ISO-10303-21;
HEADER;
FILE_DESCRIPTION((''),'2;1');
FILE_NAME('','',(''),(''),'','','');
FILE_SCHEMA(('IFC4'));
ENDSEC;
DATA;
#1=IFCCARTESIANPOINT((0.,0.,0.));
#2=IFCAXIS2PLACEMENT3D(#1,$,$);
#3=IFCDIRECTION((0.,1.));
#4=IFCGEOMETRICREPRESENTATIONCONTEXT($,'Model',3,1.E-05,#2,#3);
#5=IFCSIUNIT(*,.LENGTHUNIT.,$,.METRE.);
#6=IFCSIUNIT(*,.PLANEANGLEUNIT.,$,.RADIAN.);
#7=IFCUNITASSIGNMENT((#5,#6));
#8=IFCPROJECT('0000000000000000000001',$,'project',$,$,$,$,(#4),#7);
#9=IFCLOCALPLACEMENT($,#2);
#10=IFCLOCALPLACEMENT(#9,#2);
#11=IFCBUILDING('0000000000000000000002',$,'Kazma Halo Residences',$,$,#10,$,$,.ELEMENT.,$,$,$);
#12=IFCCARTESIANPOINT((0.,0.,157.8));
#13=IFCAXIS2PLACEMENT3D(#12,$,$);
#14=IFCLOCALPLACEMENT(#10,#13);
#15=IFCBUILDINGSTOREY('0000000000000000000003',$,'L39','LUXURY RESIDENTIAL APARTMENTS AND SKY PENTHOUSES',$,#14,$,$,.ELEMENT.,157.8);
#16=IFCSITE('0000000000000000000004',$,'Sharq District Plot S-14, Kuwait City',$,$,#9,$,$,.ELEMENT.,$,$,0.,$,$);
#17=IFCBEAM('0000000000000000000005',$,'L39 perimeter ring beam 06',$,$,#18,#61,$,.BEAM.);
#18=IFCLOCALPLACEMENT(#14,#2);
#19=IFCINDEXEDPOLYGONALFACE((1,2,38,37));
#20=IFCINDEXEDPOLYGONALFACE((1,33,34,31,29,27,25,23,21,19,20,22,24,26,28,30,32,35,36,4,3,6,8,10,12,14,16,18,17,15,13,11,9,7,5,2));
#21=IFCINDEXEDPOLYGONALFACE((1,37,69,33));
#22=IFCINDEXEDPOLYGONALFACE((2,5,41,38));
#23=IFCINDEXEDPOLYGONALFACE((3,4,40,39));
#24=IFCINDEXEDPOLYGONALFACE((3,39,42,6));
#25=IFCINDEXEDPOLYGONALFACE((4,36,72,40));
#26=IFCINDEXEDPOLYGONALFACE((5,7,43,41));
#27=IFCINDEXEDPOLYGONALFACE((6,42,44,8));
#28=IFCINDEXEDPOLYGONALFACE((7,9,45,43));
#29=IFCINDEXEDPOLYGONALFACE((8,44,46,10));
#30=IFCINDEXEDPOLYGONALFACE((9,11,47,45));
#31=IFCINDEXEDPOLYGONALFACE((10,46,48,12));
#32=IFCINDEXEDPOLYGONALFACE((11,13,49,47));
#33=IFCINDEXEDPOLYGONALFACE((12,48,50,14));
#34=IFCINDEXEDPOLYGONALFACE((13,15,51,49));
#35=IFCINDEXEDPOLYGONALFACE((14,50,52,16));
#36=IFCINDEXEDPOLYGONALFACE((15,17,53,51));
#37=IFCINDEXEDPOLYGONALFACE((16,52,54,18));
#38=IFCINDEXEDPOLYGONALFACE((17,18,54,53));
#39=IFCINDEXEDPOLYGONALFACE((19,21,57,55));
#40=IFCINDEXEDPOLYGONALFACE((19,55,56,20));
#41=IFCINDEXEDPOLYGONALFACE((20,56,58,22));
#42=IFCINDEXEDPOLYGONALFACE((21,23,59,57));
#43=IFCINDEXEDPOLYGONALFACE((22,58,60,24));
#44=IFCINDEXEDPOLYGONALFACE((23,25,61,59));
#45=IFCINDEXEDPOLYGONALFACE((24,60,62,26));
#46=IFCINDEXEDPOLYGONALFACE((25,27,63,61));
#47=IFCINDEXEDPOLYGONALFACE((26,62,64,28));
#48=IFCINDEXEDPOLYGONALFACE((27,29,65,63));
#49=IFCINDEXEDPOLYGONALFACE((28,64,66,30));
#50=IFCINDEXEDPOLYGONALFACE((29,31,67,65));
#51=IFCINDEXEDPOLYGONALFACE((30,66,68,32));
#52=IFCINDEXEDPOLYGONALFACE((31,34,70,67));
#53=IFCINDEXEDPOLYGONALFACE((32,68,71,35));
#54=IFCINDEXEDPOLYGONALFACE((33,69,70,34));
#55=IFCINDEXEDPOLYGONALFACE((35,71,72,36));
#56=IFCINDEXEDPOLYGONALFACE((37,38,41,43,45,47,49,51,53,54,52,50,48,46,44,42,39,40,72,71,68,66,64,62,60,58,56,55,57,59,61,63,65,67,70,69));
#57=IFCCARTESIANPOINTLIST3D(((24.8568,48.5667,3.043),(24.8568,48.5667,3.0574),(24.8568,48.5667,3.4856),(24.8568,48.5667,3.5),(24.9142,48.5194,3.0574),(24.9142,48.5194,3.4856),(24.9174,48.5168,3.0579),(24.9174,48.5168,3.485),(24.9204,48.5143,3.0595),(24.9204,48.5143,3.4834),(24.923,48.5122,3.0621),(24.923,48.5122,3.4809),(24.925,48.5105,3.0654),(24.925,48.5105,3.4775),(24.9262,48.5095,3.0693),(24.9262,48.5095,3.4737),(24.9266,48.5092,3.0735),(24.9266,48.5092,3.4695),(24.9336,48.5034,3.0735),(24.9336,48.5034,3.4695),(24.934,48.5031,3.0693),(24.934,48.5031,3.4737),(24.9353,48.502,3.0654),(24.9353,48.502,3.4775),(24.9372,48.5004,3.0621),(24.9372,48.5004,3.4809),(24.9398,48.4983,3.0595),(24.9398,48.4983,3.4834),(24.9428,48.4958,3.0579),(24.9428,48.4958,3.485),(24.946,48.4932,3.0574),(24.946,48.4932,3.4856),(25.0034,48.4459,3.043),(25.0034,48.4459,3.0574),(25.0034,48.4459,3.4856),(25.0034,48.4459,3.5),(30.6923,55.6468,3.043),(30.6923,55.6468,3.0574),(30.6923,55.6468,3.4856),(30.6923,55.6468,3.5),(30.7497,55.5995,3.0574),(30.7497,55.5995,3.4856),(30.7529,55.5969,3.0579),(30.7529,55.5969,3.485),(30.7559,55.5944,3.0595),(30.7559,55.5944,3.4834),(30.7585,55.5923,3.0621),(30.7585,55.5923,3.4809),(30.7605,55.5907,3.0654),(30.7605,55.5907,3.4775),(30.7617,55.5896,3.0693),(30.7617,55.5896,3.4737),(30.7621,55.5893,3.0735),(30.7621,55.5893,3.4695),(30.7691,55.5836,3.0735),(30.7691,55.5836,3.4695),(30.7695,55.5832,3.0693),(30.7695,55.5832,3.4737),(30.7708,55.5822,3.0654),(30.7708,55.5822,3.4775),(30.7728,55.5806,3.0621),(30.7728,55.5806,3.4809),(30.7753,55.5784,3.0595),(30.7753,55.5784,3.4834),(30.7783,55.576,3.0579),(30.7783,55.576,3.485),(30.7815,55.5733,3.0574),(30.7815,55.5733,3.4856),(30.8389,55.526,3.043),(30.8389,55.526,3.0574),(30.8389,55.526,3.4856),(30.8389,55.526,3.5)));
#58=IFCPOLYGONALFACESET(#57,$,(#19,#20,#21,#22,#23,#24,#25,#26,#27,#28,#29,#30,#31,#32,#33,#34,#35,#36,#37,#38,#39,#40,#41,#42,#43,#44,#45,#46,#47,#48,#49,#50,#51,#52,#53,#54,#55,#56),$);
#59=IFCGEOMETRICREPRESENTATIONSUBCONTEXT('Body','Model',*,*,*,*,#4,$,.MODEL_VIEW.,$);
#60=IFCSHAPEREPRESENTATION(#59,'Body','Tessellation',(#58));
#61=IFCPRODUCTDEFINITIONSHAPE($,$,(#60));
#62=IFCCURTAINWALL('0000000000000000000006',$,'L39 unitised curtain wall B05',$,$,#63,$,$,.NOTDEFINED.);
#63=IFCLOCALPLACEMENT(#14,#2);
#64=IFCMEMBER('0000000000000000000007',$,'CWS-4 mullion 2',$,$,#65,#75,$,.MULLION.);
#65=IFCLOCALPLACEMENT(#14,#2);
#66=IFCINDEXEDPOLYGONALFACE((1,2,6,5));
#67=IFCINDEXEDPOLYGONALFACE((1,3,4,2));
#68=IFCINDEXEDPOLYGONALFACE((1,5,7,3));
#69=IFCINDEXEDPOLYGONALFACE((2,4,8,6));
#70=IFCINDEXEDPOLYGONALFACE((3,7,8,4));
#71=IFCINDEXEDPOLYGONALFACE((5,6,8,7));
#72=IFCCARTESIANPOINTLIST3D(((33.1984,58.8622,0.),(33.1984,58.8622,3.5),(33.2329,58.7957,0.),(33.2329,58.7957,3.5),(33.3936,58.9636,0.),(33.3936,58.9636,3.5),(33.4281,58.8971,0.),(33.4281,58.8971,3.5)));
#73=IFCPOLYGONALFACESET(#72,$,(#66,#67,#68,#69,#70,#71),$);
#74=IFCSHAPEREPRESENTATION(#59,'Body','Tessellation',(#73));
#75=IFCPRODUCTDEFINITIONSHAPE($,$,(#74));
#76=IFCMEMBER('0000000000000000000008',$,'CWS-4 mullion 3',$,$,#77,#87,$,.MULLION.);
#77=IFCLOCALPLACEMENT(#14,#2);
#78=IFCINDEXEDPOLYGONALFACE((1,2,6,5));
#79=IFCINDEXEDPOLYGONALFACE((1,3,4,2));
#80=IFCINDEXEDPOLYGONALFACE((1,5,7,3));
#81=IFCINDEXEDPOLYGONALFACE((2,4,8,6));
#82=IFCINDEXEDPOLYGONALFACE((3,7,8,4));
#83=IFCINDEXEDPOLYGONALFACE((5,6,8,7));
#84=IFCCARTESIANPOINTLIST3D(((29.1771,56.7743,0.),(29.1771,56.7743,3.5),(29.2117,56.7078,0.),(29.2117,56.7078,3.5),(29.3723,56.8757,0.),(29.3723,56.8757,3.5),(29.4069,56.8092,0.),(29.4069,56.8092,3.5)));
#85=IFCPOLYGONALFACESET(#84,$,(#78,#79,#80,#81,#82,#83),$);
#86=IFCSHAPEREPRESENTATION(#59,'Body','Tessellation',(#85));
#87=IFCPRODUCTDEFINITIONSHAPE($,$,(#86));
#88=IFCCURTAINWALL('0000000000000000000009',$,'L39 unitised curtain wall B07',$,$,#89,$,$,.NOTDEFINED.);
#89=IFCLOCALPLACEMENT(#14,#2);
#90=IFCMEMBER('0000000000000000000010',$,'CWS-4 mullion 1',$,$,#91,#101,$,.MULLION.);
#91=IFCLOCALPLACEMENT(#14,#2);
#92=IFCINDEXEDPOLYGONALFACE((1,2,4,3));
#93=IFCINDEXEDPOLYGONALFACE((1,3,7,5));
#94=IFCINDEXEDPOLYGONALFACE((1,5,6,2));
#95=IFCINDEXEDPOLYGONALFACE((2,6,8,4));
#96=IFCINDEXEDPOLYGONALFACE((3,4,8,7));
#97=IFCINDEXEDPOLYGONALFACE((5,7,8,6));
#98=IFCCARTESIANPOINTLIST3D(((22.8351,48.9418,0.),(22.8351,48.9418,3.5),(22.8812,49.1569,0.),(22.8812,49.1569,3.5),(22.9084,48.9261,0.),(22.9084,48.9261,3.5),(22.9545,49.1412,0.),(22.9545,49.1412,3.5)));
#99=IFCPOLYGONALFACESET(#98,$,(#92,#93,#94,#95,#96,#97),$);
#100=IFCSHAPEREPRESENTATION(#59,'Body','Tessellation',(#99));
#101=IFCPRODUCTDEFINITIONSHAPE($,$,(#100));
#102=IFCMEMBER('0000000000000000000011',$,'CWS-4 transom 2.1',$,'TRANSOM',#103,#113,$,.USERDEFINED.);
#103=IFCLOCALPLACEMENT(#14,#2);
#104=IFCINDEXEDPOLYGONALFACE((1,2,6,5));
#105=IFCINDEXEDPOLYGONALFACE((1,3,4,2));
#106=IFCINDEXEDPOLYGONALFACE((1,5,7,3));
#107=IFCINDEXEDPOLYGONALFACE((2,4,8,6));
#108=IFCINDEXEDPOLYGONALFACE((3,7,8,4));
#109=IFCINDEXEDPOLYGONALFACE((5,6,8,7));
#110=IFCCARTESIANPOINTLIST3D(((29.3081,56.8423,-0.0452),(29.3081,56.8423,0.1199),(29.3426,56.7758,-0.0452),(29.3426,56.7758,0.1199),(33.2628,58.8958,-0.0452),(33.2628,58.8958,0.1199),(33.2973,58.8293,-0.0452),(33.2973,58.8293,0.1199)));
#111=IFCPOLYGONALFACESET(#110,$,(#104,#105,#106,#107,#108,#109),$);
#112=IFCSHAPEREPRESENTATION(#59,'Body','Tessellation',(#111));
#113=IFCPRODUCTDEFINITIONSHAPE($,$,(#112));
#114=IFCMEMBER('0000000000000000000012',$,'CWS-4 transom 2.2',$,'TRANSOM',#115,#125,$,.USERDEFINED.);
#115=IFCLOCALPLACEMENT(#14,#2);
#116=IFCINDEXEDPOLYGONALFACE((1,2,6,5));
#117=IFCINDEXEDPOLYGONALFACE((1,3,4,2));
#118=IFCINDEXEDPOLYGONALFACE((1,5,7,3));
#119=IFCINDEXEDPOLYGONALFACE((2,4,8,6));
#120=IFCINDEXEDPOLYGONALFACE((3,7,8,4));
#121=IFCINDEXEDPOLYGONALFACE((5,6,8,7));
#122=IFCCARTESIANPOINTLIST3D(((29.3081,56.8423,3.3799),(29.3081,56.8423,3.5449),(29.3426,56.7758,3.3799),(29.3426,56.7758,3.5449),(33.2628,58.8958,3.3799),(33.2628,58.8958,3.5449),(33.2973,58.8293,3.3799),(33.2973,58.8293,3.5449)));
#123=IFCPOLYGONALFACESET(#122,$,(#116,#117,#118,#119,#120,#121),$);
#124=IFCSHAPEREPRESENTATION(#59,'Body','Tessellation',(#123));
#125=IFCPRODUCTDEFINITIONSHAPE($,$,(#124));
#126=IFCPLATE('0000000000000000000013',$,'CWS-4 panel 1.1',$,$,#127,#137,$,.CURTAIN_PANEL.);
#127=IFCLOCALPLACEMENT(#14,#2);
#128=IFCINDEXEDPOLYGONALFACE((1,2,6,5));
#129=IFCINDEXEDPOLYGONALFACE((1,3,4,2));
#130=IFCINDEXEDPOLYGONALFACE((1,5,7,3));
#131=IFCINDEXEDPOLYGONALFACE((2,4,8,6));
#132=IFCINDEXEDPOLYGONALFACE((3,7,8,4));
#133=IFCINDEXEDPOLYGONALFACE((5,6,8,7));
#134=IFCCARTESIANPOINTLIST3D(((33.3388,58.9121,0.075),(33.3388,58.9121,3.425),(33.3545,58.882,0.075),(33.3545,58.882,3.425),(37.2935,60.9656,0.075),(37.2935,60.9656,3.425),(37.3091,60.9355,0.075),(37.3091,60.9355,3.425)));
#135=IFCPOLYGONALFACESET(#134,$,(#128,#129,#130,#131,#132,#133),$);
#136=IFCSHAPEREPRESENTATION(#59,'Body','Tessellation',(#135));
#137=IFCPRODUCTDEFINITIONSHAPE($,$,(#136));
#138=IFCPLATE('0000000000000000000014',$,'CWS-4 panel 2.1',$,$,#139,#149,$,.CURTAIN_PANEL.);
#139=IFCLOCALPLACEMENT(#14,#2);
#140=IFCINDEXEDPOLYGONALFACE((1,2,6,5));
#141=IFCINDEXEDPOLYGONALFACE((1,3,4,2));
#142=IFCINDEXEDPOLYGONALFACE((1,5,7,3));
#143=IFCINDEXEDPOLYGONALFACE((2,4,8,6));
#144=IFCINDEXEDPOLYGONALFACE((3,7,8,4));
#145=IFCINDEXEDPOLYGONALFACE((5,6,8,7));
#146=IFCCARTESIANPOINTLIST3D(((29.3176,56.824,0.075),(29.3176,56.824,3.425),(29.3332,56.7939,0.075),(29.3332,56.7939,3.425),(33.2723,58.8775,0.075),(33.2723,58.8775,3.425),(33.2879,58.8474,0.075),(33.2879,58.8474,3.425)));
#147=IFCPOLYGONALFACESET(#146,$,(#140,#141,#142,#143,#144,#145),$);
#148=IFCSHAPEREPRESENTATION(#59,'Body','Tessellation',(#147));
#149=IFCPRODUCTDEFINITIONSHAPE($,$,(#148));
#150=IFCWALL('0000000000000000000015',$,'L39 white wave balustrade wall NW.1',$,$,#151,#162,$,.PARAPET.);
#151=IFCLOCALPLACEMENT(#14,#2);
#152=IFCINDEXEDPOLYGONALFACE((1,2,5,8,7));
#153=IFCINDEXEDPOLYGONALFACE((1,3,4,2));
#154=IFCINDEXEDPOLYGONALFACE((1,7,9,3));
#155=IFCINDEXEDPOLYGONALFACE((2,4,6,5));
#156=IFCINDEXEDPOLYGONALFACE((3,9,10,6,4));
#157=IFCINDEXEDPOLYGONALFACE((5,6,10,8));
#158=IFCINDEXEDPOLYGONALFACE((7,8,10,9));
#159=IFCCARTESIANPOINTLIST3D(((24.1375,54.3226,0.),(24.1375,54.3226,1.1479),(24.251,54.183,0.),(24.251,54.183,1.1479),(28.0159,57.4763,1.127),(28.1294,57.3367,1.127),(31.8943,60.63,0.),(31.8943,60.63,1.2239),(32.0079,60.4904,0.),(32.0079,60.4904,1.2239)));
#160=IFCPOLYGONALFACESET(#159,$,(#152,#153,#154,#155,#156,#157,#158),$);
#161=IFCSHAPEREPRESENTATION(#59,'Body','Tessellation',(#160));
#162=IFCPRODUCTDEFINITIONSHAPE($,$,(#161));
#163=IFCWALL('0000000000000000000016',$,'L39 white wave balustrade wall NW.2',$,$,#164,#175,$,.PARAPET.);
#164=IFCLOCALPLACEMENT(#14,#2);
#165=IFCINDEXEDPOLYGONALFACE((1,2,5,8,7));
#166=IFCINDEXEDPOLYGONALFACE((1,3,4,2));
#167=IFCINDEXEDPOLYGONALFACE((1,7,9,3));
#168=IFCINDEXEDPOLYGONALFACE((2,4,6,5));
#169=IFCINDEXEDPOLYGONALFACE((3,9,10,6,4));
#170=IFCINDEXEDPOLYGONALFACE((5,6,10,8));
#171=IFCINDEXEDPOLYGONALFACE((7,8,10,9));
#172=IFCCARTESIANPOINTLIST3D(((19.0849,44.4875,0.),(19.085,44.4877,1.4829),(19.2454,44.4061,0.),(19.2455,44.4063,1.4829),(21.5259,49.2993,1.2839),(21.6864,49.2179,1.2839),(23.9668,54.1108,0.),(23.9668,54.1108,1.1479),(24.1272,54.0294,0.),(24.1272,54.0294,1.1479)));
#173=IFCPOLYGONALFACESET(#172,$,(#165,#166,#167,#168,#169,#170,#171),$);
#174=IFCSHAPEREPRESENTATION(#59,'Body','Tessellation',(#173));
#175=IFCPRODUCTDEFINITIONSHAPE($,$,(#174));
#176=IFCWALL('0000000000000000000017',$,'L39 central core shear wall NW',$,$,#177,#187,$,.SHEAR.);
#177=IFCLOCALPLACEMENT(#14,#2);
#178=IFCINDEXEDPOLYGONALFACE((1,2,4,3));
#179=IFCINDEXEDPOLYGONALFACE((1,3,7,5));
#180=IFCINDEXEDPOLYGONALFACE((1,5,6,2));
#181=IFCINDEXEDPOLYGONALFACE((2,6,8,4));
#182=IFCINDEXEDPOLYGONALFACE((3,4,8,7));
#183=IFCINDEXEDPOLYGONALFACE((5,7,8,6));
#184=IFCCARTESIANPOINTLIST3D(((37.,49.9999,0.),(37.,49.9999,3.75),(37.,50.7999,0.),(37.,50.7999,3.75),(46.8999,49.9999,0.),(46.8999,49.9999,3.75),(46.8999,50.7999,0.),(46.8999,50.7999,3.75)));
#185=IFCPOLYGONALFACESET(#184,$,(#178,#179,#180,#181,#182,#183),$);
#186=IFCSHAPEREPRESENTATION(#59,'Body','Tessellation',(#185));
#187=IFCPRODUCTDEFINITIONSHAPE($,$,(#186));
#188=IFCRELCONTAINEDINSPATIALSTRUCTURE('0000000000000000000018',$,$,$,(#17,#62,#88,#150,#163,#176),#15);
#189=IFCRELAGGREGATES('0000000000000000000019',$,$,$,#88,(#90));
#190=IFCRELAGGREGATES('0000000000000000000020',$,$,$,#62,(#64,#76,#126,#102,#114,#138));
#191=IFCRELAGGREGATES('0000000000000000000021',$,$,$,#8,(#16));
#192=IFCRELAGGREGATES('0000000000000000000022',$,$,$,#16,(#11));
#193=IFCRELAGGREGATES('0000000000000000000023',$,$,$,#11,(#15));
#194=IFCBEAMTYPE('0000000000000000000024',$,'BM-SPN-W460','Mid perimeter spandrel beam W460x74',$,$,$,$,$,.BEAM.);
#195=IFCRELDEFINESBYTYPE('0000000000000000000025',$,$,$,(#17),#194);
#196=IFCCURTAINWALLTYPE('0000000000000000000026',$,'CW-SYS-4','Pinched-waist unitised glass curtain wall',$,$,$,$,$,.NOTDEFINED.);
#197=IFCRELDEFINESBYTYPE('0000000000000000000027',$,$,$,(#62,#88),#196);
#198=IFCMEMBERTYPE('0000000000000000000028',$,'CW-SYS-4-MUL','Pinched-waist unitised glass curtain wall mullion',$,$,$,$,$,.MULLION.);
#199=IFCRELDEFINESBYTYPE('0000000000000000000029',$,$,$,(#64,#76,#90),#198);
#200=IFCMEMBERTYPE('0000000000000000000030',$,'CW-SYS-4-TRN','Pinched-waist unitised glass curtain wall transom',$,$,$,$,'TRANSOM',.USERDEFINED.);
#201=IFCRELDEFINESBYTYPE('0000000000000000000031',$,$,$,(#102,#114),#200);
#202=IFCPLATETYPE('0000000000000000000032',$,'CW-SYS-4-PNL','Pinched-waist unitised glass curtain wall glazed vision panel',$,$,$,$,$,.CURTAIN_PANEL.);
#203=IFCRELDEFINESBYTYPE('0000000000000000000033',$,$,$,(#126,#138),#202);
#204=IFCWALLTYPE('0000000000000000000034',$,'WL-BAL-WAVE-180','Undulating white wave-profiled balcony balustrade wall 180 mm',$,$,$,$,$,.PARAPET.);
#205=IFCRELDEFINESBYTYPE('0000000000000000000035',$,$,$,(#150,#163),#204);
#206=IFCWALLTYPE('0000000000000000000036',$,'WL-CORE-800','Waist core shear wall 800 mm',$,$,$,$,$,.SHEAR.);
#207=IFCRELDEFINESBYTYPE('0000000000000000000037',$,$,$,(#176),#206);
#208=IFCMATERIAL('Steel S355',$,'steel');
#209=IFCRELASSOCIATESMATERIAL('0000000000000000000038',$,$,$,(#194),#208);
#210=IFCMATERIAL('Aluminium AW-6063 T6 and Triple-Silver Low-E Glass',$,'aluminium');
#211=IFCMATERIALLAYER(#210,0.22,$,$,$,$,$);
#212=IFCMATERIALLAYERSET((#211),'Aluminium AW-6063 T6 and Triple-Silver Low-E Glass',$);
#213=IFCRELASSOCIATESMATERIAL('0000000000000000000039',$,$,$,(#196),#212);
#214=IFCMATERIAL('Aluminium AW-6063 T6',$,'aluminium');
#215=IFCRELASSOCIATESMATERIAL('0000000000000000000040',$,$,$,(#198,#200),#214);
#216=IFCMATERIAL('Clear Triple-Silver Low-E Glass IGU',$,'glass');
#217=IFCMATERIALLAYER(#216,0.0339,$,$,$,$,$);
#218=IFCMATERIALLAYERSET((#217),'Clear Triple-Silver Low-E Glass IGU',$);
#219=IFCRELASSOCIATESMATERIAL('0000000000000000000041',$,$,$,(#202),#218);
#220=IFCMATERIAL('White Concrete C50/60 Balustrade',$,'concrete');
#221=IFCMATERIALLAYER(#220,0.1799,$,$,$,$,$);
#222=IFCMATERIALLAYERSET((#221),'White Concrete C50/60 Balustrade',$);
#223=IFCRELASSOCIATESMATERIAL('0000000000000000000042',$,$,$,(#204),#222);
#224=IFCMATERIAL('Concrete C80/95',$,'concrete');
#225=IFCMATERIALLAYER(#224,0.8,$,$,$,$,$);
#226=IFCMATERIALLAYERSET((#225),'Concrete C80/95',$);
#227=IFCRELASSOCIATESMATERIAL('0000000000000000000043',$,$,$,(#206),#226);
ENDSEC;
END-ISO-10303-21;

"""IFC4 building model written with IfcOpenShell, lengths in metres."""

from ifc_helpers import new_model, si_unit, direction, frame, frame_2d, origin, origin_2d, place, context, subcontext, project, spatial, polyline, rectangle, i_section, outline, extrude, material, layer, layer_set, material_profile, profile_set, type_object, element, aggregate, save


model = new_model("IFC4")

# Units and contexts
model_context = context("Model", 3, precision=1e-05, world=origin(), true_north=direction((0.0, 1.0)))
body_context = subcontext(model_context, "Body", "Model", "MODEL_VIEW")
ifc_project = project(units=[si_unit("LENGTHUNIT", "METRE"), si_unit("PLANEANGLEUNIT", "RADIAN")], contexts=[model_context])

# Site, building, storey
site_placement = place(None, origin())
site = spatial("IfcSite", under=ifc_project, at=site_placement, Name="Sharq District Plot S-14, Kuwait City", CompositionType="ELEMENT", RefElevation=0.0)
building_placement = place(site_placement, origin())
building = spatial("IfcBuilding", under=site, at=building_placement, Name="Kazma Halo Residences", CompositionType="ELEMENT")
storey_placement = place(building_placement, frame((0.0, 0.0, 157.8)))
storey = spatial("IfcBuildingStorey", under=building, at=storey_placement, Name="L39", Description="LUXURY RESIDENTIAL APARTMENTS AND SKY PENTHOUSES", CompositionType="ELEMENT", Elevation=157.8)

# Shared definitions
ifc_material_1 = material(Name="Concrete C80/95", Category="concrete")

# Beam
ifc_material_2 = material(Name="Steel S355", Category="steel")
ifc_material_profile_1 = material_profile(ifc_material_2, i_section(OverallWidth=0.1899, OverallDepth=0.457, WebThickness=0.009, FlangeThickness=0.0144, FilletRadius=0.0161, at=origin_2d()), Name="W460x74")
ifc_profile_set_1 = profile_set([ifc_material_profile_1], Name="Steel S355")
beam_type_1 = type_object("IfcBeamType", Name="BM-SPN-W460", Description="Mid perimeter spandrel beam W460x74", PredefinedType="BEAM", material=ifc_profile_set_1)
beam_1_placement = place(storey_placement, frame((30.7656, 55.5864, 3.2715), z_axis=(-0.636019, -0.771674, 0.0), x_axis=(0.771674, -0.636019, 0.0)))
element("IfcBeam", 1, at=beam_1_placement, inside=storey, type_object=beam_type_1, Name="L39 perimeter ring beam 06", PredefinedType="BEAM", context=body_context, shape_type="SweptSolid", body=[
    extrude(i_section(OverallWidth=0.1899, OverallDepth=0.457, WebThickness=0.009, FlangeThickness=0.0144, FilletRadius=0.0161, at=origin_2d()), origin(), (0.0, 0.0, 1.0), 9.175),
])

# Curtain wall, members
ifc_material_3 = material(Name="Aluminium AW-6063 T6 and Triple-Silver Low-E Glass", Category="aluminium")
ifc_layer_1 = layer(ifc_material_3, 0.22)
ifc_layer_set_1 = layer_set([ifc_layer_1], Name="Aluminium AW-6063 T6 and Triple-Silver Low-E Glass")
curtain_wall_type = type_object("IfcCurtainWallType", Name="CW-SYS-4", Description="Pinched-waist unitised glass curtain wall", PredefinedType="NOTDEFINED", material=ifc_layer_set_1)
curtain_wall_1_placement = place(storey_placement, origin())
curtain_wall_1 = element("IfcCurtainWall", 2, at=curtain_wall_1_placement, inside=storey, type_object=curtain_wall_type, Name="L39 unitised curtain wall B05", PredefinedType="NOTDEFINED")
ifc_material_4 = material(Name="Aluminium AW-6063 T6", Category="aluminium")
ifc_material_profile_2 = material_profile(ifc_material_4, rectangle(XDim=0.075, YDim=0.22, at=origin_2d()), Name="CWM-75x220")
ifc_profile_set_2 = profile_set([ifc_material_profile_2], Name="Aluminium AW-6063 T6")
member_type_1 = type_object("IfcMemberType", Name="CW-SYS-4-MUL", Description="Pinched-waist unitised glass curtain wall mullion", PredefinedType="MULLION", material=ifc_profile_set_2)
member_1_placement = place(storey_placement, frame((33.3132, 58.8796, 0.0), z_axis=(0.0, 0.0, 1.0), x_axis=(0.460837, -0.887485, 0.0)))
member_1 = element("IfcMember", 3, at=member_1_placement, type_object=member_type_1, Name="CWS-4 mullion 2", PredefinedType="MULLION", context=body_context, shape_type="SweptSolid", body=[
    extrude(rectangle(XDim=0.075, YDim=0.22, at=origin_2d()), origin(), (0.0, 0.0, 1.0), 3.5),
])
member_2_placement = place(storey_placement, frame((29.292, 56.7917, 0.0), z_axis=(0.0, 0.0, 1.0), x_axis=(0.460837, -0.887485, 0.0)))
member_2 = element("IfcMember", 4, at=member_2_placement, type_object=member_type_1, Name="CWS-4 mullion 3", PredefinedType="MULLION", context=body_context, shape_type="SweptSolid", body=[
    extrude(rectangle(XDim=0.075, YDim=0.22, at=origin_2d()), origin(), (0.0, 0.0, 1.0), 3.5),
])

# Curtain wall, member
curtain_wall_2_placement = place(storey_placement, origin())
curtain_wall_2 = element("IfcCurtainWall", 5, at=curtain_wall_2_placement, inside=storey, type_object=curtain_wall_type, Name="L39 unitised curtain wall B07", PredefinedType="NOTDEFINED")
member_3_placement = place(storey_placement, frame((22.8948, 49.0415, 0.0), z_axis=(0.0, 0.0, 1.0), x_axis=(0.977765, -0.209704, 0.0)))
member_3 = element("IfcMember", 6, at=member_3_placement, type_object=member_type_1, Name="CWS-4 mullion 1", PredefinedType="MULLION", context=body_context, shape_type="SweptSolid", body=[
    extrude(rectangle(XDim=0.075, YDim=0.22, at=origin_2d()), origin(), (0.0, 0.0, 1.0), 3.5),
])
aggregate(curtain_wall_2, [member_3])

# Members
ifc_material_profile_3 = material_profile(ifc_material_4, rectangle(XDim=0.075, YDim=0.165, at=origin_2d()), Name="CWT-75x165")
ifc_profile_set_3 = profile_set([ifc_material_profile_3], Name="Aluminium AW-6063 T6")
member_type_2 = type_object("IfcMemberType", Name="CW-SYS-4-TRN", Description="Pinched-waist unitised glass curtain wall transom", ElementType="TRANSOM", PredefinedType="USERDEFINED", material=ifc_profile_set_3)
member_4_placement = place(storey_placement, frame((33.28, 58.8625, 0.0374), z_axis=(-0.887485, -0.460837, 0.0), x_axis=(0.460837, -0.887485, 0.0)))
member_4 = element("IfcMember", 7, at=member_4_placement, type_object=member_type_2, Name="CWS-4 transom 2.1", ObjectType="TRANSOM", PredefinedType="USERDEFINED", context=body_context, shape_type="SweptSolid", body=[
    extrude(rectangle(XDim=0.075, YDim=0.165, at=origin_2d()), origin(), (0.0, 0.0, 1.0), 4.4561),
])
member_5_placement = place(storey_placement, frame((33.28, 58.8625, 3.4624), z_axis=(-0.887485, -0.460837, 0.0), x_axis=(0.460837, -0.887485, 0.0)))
member_5 = element("IfcMember", 8, at=member_5_placement, type_object=member_type_2, Name="CWS-4 transom 2.2", ObjectType="TRANSOM", PredefinedType="USERDEFINED", context=body_context, shape_type="SweptSolid", body=[
    extrude(rectangle(XDim=0.075, YDim=0.165, at=origin_2d()), origin(), (0.0, 0.0, 1.0), 4.4561),
])

# Plates
ifc_material_5 = material(Name="Clear Triple-Silver Low-E Glass IGU", Category="glass")
ifc_layer_2 = layer(ifc_material_5, 0.0339)
ifc_layer_set_2 = layer_set([ifc_layer_2], Name="Clear Triple-Silver Low-E Glass IGU")
plate_type = type_object("IfcPlateType", Name="CW-SYS-4-PNL", Description="Pinched-waist unitised glass curtain wall glazed vision panel", PredefinedType="CURTAIN_PANEL", material=ifc_layer_set_2)
plate_1_placement = place(storey_placement, frame((35.324, 59.9238, 0.075), z_axis=(0.0, 0.0, 1.0), x_axis=(-0.887485, -0.460837, 0.0)))
plate_1 = element("IfcPlate", 9, at=plate_1_placement, type_object=plate_type, Name="CWS-4 panel 1.1", PredefinedType="CURTAIN_PANEL", context=body_context, shape_type="SweptSolid", body=[
    extrude(rectangle(XDim=4.4561, YDim=0.0339, at=origin_2d()), origin(), (0.0, 0.0, 1.0), 3.3501),
])
plate_2_placement = place(storey_placement, frame((31.3027, 57.8357, 0.075), z_axis=(0.0, 0.0, 1.0), x_axis=(-0.887485, -0.460837, 0.0)))
plate_2 = element("IfcPlate", 10, at=plate_2_placement, type_object=plate_type, Name="CWS-4 panel 2.1", PredefinedType="CURTAIN_PANEL", context=body_context, shape_type="SweptSolid", body=[
    extrude(rectangle(XDim=4.4561, YDim=0.0339, at=origin_2d()), origin(), (0.0, 0.0, 1.0), 3.3501),
])
aggregate(curtain_wall_1, [member_1, member_2, plate_1, member_4, member_5, plate_2])

# Walls
ifc_material_6 = material(Name="White Concrete C50/60 Balustrade", Category="concrete")
ifc_layer_3 = layer(ifc_material_6, 0.1799)
ifc_layer_set_3 = layer_set([ifc_layer_3], Name="White Concrete C50/60 Balustrade")
wall_type_1 = type_object("IfcWallType", Name="WL-BAL-WAVE-180", Description="Undulating white wave-profiled balcony balustrade wall 180 mm", PredefinedType="PARAPET", material=ifc_layer_set_3)
wall_1_placement = place(storey_placement, frame((31.9512, 60.5601, 0.0), z_axis=(0.0, 0.0, 1.0), x_axis=(-0.775872, -0.63089, 0.0)))
element("IfcWall", 11, at=wall_1_placement, inside=storey, type_object=wall_type_1, Name="L39 white wave balustrade wall NW.1", PredefinedType="PARAPET", context=body_context, shape_type="SweptSolid", body=[
    extrude(outline(polyline([(0.0, 0.0), (9.9976, 0.0), (9.9976, 1.1479), (4.9988, 1.127), (0.0, 1.2239), (0.0, 0.0)])), frame((0.0, 0.0898, 0.0), z_axis=(0.0, -1.0, 0.0), x_axis=(1.0, 0.0, 0.0)), (0.0, 0.0, 1.0), 0.1799),
])
wall_2_placement = place(storey_placement, frame((24.0471, 54.0701, 0.0), z_axis=(0.0, 0.0, 1.0), x_axis=(-0.45241, -0.89181, 0.0)))
element("IfcWall", 12, at=wall_2_placement, inside=storey, type_object=wall_type_1, Name="L39 white wave balustrade wall NW.2", PredefinedType="PARAPET", context=body_context, shape_type="SweptSolid", body=[
    extrude(outline(polyline([(0.0, 0.0), (10.7908, 0.0), (10.7905, 1.4829), (5.3953, 1.2839), (0.0, 1.1479), (0.0, 0.0)])), frame((0.0, 0.0898, 0.0), z_axis=(0.0, -1.0, 0.0), x_axis=(1.0, 0.0, 0.0)), (0.0, 0.0, 1.0), 0.1799),
])
ifc_layer_4 = layer(ifc_material_1, 0.8)
ifc_layer_set_4 = layer_set([ifc_layer_4], Name="Concrete C80/95")
wall_type_2 = type_object("IfcWallType", Name="WL-CORE-800", Description="Waist core shear wall 800 mm", PredefinedType="SHEAR", material=ifc_layer_set_4)
wall_3_placement = place(storey_placement, frame((37.0, 50.3999, 0.0), z_axis=(0.0, 0.0, 1.0), x_axis=(1.0, 0.0, 0.0)))
element("IfcWall", 13, at=wall_3_placement, inside=storey, type_object=wall_type_2, Name="L39 central core shear wall NW", PredefinedType="SHEAR", context=body_context, shape_type="SweptSolid", body=[
    extrude(rectangle(XDim=9.8999, YDim=0.8, at=frame_2d((4.95, 0.0))), origin(), (0.0, 0.0, 1.0), 3.75),
])

save(model, "model.ifc")
